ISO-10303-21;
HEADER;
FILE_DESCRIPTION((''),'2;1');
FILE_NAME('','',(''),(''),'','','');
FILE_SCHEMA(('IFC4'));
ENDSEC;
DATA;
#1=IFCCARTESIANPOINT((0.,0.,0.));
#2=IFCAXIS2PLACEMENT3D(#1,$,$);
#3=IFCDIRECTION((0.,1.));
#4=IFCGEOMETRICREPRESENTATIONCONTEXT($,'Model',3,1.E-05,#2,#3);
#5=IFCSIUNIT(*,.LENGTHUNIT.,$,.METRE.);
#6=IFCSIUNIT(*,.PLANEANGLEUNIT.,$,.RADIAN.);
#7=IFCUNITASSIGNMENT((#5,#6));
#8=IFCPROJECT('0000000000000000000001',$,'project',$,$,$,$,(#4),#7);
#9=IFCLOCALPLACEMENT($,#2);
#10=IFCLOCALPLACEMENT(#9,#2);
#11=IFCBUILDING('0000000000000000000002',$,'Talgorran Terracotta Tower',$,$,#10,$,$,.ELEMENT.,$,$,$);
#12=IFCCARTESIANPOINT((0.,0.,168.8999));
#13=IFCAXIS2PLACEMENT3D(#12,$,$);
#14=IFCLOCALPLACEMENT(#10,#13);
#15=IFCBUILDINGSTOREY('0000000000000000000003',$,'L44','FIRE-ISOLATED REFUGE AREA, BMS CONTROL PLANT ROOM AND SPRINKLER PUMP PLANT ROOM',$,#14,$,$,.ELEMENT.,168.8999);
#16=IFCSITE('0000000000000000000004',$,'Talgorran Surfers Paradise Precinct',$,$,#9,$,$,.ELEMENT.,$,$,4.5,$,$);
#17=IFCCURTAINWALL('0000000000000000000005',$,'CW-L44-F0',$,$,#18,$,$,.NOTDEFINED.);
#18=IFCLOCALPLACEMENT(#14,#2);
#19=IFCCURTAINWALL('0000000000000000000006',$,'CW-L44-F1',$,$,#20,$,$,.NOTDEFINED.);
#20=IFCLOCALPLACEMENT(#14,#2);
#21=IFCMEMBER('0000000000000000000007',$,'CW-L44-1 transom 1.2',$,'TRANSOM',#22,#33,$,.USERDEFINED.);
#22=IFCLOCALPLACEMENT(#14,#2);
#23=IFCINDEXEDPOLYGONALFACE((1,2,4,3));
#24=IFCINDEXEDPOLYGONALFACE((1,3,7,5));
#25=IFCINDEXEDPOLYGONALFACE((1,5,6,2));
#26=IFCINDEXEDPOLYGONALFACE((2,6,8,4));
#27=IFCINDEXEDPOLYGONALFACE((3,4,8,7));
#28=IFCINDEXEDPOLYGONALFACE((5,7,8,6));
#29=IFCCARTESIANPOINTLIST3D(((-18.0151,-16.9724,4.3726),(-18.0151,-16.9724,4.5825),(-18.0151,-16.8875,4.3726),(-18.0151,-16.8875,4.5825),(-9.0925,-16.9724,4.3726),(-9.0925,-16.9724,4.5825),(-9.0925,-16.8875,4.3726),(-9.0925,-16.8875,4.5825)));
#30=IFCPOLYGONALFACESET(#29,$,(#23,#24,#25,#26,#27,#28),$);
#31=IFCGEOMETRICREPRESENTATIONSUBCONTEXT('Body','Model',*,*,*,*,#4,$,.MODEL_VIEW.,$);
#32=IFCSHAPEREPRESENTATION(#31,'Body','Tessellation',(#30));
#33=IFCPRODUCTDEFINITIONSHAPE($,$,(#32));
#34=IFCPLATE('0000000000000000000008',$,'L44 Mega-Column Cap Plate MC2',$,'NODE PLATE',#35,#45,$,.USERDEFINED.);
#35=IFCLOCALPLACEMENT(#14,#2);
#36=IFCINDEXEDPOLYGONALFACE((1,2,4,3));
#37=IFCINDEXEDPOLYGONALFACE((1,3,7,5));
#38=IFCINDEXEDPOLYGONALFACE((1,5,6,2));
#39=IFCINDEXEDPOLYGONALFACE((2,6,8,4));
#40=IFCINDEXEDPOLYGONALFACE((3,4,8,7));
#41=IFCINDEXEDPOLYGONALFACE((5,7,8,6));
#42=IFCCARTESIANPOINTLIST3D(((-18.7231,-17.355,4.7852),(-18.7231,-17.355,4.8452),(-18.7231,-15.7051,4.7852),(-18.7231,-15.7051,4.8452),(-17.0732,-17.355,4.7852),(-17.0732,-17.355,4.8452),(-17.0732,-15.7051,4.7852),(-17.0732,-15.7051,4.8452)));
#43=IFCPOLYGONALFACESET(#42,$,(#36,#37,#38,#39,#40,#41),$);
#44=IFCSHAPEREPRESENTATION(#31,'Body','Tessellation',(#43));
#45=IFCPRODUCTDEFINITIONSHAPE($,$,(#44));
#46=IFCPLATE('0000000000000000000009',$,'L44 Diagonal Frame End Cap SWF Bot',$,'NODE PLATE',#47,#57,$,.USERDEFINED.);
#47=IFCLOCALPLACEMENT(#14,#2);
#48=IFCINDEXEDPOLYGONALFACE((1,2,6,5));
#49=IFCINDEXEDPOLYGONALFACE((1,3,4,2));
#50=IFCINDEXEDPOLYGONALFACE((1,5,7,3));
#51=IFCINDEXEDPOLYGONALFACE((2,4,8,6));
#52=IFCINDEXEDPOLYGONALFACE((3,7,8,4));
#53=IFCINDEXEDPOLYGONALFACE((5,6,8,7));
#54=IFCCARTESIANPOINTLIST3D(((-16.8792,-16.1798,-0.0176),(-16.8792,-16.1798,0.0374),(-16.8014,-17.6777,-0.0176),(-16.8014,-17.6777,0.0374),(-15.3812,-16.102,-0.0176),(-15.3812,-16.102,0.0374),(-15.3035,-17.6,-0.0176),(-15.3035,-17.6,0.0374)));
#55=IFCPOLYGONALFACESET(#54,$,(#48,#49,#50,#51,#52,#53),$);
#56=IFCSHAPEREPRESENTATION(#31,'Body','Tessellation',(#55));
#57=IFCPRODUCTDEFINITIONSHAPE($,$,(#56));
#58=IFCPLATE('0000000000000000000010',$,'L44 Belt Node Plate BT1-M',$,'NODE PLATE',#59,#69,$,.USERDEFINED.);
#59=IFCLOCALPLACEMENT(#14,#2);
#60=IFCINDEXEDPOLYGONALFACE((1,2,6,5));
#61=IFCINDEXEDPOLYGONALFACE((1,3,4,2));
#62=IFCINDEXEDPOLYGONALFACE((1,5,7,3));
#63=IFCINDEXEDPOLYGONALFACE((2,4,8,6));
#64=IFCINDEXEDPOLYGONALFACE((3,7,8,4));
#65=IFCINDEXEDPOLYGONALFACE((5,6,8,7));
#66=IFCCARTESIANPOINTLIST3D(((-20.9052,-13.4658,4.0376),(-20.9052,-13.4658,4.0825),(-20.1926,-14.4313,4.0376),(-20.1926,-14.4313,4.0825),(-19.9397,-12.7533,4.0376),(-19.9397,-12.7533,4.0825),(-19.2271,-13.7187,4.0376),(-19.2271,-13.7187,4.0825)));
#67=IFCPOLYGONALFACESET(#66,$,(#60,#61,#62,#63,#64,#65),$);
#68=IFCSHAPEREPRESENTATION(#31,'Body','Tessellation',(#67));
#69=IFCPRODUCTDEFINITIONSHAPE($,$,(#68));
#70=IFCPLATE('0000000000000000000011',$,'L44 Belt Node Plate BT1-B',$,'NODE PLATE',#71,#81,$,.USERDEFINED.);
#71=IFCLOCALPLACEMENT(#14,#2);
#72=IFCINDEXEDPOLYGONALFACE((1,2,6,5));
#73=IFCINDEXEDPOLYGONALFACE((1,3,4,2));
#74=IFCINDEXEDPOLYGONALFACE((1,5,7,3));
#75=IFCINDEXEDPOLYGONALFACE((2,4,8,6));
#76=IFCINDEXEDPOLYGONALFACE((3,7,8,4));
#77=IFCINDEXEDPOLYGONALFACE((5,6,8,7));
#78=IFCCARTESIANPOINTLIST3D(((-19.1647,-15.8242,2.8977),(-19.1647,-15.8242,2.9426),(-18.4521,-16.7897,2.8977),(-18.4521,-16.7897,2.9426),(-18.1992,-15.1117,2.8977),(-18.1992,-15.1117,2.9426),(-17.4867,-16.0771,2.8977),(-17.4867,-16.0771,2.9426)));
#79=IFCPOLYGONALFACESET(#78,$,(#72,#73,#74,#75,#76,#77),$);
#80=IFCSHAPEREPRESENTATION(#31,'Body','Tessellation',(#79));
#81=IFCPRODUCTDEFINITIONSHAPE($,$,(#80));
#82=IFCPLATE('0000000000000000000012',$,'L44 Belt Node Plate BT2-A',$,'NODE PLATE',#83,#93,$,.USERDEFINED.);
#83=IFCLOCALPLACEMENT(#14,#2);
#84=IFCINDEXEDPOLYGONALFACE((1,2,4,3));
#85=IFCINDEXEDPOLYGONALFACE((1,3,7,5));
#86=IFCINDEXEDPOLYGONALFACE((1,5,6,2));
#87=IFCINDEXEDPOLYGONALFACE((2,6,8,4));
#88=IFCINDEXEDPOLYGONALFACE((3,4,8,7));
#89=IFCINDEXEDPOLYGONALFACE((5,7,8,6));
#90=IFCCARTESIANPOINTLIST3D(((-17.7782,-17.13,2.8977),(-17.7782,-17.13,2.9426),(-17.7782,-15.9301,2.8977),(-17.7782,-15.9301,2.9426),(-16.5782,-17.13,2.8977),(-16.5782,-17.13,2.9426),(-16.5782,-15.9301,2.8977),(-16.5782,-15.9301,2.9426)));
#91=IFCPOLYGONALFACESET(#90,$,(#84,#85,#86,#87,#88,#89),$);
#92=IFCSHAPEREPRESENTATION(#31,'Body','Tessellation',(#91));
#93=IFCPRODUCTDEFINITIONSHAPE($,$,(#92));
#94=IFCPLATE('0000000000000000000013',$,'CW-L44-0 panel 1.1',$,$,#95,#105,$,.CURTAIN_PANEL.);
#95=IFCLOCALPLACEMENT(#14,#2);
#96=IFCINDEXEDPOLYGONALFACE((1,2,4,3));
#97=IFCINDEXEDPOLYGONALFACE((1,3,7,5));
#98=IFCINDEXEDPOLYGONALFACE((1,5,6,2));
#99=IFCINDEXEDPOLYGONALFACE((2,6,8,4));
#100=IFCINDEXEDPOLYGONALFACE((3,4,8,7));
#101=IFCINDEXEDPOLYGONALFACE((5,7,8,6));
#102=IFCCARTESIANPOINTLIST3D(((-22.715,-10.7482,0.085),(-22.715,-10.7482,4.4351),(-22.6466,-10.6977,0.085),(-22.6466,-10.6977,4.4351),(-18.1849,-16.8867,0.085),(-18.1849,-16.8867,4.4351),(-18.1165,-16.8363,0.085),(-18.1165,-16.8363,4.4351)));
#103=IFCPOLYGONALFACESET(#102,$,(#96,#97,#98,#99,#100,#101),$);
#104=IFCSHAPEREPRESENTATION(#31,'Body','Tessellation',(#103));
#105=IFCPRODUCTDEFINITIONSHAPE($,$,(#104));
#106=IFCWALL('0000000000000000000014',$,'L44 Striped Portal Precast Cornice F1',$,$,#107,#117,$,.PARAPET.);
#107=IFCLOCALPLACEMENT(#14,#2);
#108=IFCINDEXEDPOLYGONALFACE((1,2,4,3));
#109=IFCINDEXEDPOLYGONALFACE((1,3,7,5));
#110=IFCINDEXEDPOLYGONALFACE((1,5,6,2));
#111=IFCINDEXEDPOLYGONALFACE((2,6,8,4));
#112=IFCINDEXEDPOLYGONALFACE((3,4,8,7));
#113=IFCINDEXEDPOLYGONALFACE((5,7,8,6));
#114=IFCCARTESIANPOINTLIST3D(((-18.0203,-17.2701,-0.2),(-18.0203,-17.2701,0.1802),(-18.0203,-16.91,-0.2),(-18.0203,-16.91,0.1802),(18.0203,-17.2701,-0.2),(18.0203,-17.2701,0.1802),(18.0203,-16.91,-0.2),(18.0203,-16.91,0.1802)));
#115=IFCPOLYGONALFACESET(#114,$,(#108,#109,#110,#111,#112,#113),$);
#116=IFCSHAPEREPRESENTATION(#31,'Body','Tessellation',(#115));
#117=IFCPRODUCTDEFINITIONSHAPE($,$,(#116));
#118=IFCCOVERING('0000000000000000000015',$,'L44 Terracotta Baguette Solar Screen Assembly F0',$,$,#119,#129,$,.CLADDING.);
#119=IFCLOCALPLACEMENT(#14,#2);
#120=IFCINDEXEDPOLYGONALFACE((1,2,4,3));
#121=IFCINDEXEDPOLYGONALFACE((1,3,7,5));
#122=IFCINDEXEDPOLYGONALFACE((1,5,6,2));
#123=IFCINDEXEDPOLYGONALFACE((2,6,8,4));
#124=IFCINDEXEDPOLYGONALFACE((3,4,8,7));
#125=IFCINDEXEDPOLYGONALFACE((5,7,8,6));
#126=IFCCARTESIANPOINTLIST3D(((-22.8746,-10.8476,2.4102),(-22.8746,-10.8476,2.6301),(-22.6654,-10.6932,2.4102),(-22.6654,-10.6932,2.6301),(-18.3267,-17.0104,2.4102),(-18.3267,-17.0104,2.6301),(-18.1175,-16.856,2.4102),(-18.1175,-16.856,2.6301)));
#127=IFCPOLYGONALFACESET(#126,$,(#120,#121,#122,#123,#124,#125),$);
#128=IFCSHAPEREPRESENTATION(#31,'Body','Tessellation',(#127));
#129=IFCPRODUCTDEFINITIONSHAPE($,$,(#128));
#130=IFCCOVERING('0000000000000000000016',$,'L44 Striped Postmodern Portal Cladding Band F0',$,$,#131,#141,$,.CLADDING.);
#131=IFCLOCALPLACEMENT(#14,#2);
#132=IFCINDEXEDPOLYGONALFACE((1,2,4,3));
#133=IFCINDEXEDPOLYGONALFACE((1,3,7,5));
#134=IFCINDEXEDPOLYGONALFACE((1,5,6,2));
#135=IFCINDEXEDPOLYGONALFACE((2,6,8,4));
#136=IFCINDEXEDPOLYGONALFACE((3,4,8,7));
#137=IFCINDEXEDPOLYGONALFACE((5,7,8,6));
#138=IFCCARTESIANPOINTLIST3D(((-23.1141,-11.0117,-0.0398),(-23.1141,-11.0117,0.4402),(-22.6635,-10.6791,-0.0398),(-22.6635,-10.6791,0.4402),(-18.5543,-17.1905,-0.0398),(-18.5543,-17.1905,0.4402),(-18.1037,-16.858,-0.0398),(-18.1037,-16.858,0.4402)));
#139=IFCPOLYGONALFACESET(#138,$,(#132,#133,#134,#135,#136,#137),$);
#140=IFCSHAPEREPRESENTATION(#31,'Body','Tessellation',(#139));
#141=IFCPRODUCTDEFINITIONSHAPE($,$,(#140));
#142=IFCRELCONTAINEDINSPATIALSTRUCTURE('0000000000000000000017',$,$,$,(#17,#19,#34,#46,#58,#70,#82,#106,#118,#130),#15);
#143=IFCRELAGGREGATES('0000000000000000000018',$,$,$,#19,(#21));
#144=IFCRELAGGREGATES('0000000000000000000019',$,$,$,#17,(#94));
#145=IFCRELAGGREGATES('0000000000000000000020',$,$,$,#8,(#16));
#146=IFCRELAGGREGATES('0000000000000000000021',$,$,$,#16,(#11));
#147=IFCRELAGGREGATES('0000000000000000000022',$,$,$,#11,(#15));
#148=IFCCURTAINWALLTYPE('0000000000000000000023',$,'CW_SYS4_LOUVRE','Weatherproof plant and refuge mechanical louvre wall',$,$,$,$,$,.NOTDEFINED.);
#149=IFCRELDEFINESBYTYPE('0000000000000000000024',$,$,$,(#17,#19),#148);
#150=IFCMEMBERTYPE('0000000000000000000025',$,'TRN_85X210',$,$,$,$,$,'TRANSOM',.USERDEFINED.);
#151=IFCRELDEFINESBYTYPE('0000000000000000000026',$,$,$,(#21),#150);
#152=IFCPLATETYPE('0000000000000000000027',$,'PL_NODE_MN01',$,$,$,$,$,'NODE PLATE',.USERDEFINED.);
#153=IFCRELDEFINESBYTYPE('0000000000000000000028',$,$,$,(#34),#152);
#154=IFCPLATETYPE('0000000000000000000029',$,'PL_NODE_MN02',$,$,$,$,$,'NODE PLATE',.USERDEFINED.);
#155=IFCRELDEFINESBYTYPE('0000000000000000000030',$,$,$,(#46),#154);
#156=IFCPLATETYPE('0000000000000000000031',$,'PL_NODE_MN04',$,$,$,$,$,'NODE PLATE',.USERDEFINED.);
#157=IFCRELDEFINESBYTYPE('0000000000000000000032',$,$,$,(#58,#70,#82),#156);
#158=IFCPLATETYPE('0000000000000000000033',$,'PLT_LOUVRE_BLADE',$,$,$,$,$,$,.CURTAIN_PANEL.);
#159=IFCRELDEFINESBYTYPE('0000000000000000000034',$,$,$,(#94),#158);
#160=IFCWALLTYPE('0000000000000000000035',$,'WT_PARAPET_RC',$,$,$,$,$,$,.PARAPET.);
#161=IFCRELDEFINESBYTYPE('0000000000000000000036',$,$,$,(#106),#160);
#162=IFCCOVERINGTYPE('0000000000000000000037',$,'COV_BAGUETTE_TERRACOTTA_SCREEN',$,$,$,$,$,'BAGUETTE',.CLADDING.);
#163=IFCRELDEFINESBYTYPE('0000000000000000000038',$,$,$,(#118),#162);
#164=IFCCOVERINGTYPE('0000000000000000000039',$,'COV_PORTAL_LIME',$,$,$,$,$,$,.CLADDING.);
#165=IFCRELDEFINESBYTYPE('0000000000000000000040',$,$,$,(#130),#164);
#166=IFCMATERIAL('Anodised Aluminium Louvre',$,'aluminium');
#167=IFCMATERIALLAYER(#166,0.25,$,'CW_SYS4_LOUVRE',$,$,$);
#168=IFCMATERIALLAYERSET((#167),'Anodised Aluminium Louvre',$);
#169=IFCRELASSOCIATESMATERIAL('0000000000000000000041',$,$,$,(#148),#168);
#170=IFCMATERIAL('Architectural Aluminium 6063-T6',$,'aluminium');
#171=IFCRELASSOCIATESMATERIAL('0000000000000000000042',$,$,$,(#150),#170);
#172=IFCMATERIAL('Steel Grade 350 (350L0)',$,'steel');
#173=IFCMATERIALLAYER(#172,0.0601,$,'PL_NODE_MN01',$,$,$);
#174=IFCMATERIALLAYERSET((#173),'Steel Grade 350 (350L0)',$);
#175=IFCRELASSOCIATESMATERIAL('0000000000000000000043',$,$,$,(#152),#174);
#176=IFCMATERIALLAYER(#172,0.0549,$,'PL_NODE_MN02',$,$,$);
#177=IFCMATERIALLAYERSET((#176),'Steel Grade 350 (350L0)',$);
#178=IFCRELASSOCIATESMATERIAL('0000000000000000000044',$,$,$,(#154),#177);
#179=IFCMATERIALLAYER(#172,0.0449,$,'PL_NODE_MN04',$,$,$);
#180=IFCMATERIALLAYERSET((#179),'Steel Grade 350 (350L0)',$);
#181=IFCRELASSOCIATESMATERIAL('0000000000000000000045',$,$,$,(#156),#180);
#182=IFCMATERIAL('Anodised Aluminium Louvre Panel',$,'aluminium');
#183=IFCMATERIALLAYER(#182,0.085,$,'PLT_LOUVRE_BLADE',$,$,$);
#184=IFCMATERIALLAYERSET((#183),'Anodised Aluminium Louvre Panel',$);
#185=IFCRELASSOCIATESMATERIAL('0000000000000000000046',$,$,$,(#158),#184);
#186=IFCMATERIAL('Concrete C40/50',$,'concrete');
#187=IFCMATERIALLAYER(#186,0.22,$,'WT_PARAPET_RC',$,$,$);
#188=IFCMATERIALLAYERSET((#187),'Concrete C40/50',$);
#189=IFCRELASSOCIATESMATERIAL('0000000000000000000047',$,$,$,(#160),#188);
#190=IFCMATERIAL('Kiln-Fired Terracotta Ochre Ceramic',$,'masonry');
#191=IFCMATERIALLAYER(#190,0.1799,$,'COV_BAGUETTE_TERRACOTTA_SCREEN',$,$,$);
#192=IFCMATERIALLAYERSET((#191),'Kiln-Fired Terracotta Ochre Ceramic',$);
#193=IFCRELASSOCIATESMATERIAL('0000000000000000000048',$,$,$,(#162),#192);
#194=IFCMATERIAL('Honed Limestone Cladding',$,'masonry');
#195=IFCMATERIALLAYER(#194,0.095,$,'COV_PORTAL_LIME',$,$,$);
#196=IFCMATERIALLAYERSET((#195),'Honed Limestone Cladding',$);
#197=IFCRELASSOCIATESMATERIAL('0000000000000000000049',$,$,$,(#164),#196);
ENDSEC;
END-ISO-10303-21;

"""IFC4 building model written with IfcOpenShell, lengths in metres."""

from ifc_helpers import new_model, si_unit, direction, frame, frame_2d, origin, origin_2d, place, context, subcontext, project, spatial, rectangle, extrude, source, transform, mapped, material, layer, layer_set, material_profile, profile_set, type_object, type_shapes, element, aggregate, save


model = new_model("IFC4")

# Units and contexts
model_context = context("Model", 3, precision=1e-05, world=origin(), true_north=direction((0.0, 1.0)))
body_context = subcontext(model_context, "Body", "Model", "MODEL_VIEW")
ifc_project = project(units=[si_unit("LENGTHUNIT", "METRE"), si_unit("PLANEANGLEUNIT", "RADIAN")], contexts=[model_context])

# Site, building, storey
site_placement = place(None, origin())
site = spatial("IfcSite", under=ifc_project, at=site_placement, Name="Talgorran Surfers Paradise Precinct", CompositionType="ELEMENT", RefElevation=4.5)
building_placement = place(site_placement, origin())
building = spatial("IfcBuilding", under=site, at=building_placement, Name="Talgorran Terracotta Tower", CompositionType="ELEMENT")
storey_placement = place(building_placement, frame((0.0, 0.0, 168.8999)))
storey = spatial("IfcBuildingStorey", under=building, at=storey_placement, Name="L44", Description="FIRE-ISOLATED REFUGE AREA, BMS CONTROL PLANT ROOM AND SPRINKLER PUMP PLANT ROOM", CompositionType="ELEMENT", Elevation=168.8999)

# Shared definitions
ifc_material_1 = material(Name="Steel Grade 350 (350L0)", Category="steel")

# Curtain wall
ifc_material_2 = material(Name="Anodised Aluminium Louvre", Category="aluminium")
ifc_layer_1 = layer(ifc_material_2, 0.25, Name="CW_SYS4_LOUVRE")
ifc_layer_set_1 = layer_set([ifc_layer_1], Name="Anodised Aluminium Louvre")
curtain_wall_type = type_object("IfcCurtainWallType", Name="CW_SYS4_LOUVRE", Description="Weatherproof plant and refuge mechanical louvre wall", PredefinedType="NOTDEFINED", material=ifc_layer_set_1)
curtain_wall_1_placement = place(storey_placement, origin())
curtain_wall_1 = element("IfcCurtainWall", 1, at=curtain_wall_1_placement, inside=storey, type_object=curtain_wall_type, Name="CW-L44-F0", PredefinedType="NOTDEFINED")
ifc_material_3 = material(Name="Architectural Aluminium 6063-T6", Category="aluminium")

# Curtain wall, member
curtain_wall_2_placement = place(storey_placement, origin())
curtain_wall_2 = element("IfcCurtainWall", 2, at=curtain_wall_2_placement, inside=storey, type_object=curtain_wall_type, Name="CW-L44-F1", PredefinedType="NOTDEFINED")
ifc_material_profile_1 = material_profile(ifc_material_3, rectangle(XDim=0.085, YDim=0.21, at=origin_2d()), Name="CWT85X210")
ifc_profile_set_1 = profile_set([ifc_material_profile_1], Name="Architectural Aluminium 6063-T6")
member_type_1 = type_object("IfcMemberType", Name="TRN_85X210", ElementType="TRANSOM", PredefinedType="USERDEFINED", material=ifc_profile_set_1)
member_1_placement = place(storey_placement, frame((-18.0151, -16.9299, 4.4775), z_axis=(1.0, 0.0, 0.0), x_axis=(0.0, 1.0, 0.0)))
member_1 = element("IfcMember", 3, at=member_1_placement, type_object=member_type_1, Name="CW-L44-1 transom 1.2", ObjectType="TRANSOM", PredefinedType="USERDEFINED", context=body_context, shape_type="SweptSolid", body=[
    extrude(rectangle(XDim=0.085, YDim=0.21, at=origin_2d()), origin(), (0.0, 0.0, 1.0), 8.9226),
])
aggregate(curtain_wall_2, [member_1])

# Plates
ifc_layer_2 = layer(ifc_material_1, 0.0601, Name="PL_NODE_MN01")
ifc_layer_set_2 = layer_set([ifc_layer_2], Name="Steel Grade 350 (350L0)")
plate_type_1 = type_object("IfcPlateType", Name="PL_NODE_MN01", ElementType="NODE PLATE", PredefinedType="USERDEFINED", material=ifc_layer_set_2)
plate_1_placement = place(storey_placement, frame((-17.8982, -16.53, 4.7852), z_axis=(0.0, 0.0, 1.0), x_axis=(1.0, 0.0, 0.0)))
element("IfcPlate", 4, at=plate_1_placement, inside=storey, type_object=plate_type_1, Name="L44 Mega-Column Cap Plate MC2", ObjectType="NODE PLATE", PredefinedType="USERDEFINED", context=body_context, shape_type="SweptSolid", body=[
    extrude(rectangle(XDim=1.6499, YDim=1.6499, at=origin_2d()), origin(), (0.0, 0.0, 1.0), 0.0601),
])
ifc_layer_3 = layer(ifc_material_1, 0.0549, Name="PL_NODE_MN02")
ifc_layer_set_3 = layer_set([ifc_layer_3], Name="Steel Grade 350 (350L0)")
plate_type_2 = type_object("IfcPlateType", Name="PL_NODE_MN02", ElementType="NODE PLATE", PredefinedType="USERDEFINED", material=ifc_layer_set_3)
plate_2_placement = place(storey_placement, frame((-16.0913, -16.8899, -0.0176), z_axis=(0.0, 0.0, 1.0), x_axis=(0.998657, 0.051813, 0.0)))
element("IfcPlate", 5, at=plate_2_placement, inside=storey, type_object=plate_type_2, Name="L44 Diagonal Frame End Cap SWF Bot", ObjectType="NODE PLATE", PredefinedType="USERDEFINED", context=body_context, shape_type="SweptSolid", body=[
    extrude(rectangle(XDim=1.5, YDim=1.5, at=origin_2d()), origin(), (0.0, 0.0, 1.0), 0.0549),
])
ifc_layer_4 = layer(ifc_material_1, 0.0449, Name="PL_NODE_MN04")
ifc_layer_set_4 = layer_set([ifc_layer_4], Name="Steel Grade 350 (350L0)")
plate_type_3 = type_object("IfcPlateType", Name="PL_NODE_MN04", ElementType="NODE PLATE", PredefinedType="USERDEFINED", material=ifc_layer_set_4)
for number, where, z_axis, x_axis, name in (
    (6, (-20.0662, -13.5923, 4.0376), (0.0, 0.0, 1.0), (0.59384, -0.804583, 0.0), "L44 Belt Node Plate BT1-M"),
    (7, (-18.3257, -15.9507, 2.8977), (0.0, 0.0, 1.0), (0.59384, -0.804583, 0.0), "L44 Belt Node Plate BT1-B"),
    (8, (-17.1782, -16.53, 2.8977), (0.0, 0.0, 1.0), (1.0, 0.0, 0.0), "L44 Belt Node Plate BT2-A"),
):
    element("IfcPlate", number, at=place(storey_placement, frame(where, z_axis=z_axis, x_axis=x_axis)), inside=storey, type_object=plate_type_3, Name=name, ObjectType="NODE PLATE", PredefinedType="USERDEFINED", context=body_context, shape_type="SweptSolid", body=[
        extrude(rectangle(XDim=1.2, YDim=1.2, at=origin_2d()), origin(), (0.0, 0.0, 1.0), 0.0449),
    ])

# Plate
ifc_material_4 = material(Name="Anodised Aluminium Louvre Panel", Category="aluminium")
ifc_layer_5 = layer(ifc_material_4, 0.085, Name="PLT_LOUVRE_BLADE")
ifc_layer_set_5 = layer_set([ifc_layer_5], Name="Anodised Aluminium Louvre Panel")
plate_type_4 = type_object("IfcPlateType", Name="PLT_LOUVRE_BLADE", PredefinedType="CURTAIN_PANEL", material=ifc_layer_set_5)
shared_shape = source(origin(), body_context, "Body", "SweptSolid", [
    extrude(rectangle(XDim=7.6292, YDim=0.085, at=origin_2d()), origin(), (0.0, 0.0, 1.0), 4.3501),
])
type_shapes(plate_type_4, [shared_shape])
plate_3_placement = place(storey_placement, frame((-20.4158, -13.7922, 0.085), z_axis=(0.0, 0.0, 1.0), x_axis=(0.593791, -0.80462, 0.0)))
plate_3 = element("IfcPlate", 9, at=plate_3_placement, type_object=plate_type_4, Name="CW-L44-0 panel 1.1", PredefinedType="CURTAIN_PANEL", context=body_context, shape_type="MappedRepresentation", body=[
    mapped(shared_shape, transform((0.0, 0.0, 0.0), scale=1.0)),
])
aggregate(curtain_wall_1, [plate_3])

# Wall
ifc_material_5 = material(Name="Concrete C40/50", Category="concrete")
ifc_layer_6 = layer(ifc_material_5, 0.22, Name="WT_PARAPET_RC")
ifc_layer_set_6 = layer_set([ifc_layer_6], Name="Concrete C40/50")
wall_type = type_object("IfcWallType", Name="WT_PARAPET_RC", PredefinedType="PARAPET", material=ifc_layer_set_6)
wall_placement = place(storey_placement, frame((-18.0203, -17.0901, -0.2), z_axis=(0.0, 0.0, 1.0), x_axis=(1.0, 0.0, 0.0)))
element("IfcWall", 10, at=wall_placement, inside=storey, type_object=wall_type, Name="L44 Striped Portal Precast Cornice F1", PredefinedType="PARAPET", context=body_context, shape_type="SweptSolid", body=[
    extrude(rectangle(XDim=36.0405, YDim=0.3601, at=frame_2d((18.0203, 0.0))), origin(), (0.0, 0.0, 1.0), 0.3801),
])

# Coverings
ifc_material_6 = material(Name="Kiln-Fired Terracotta Ochre Ceramic", Category="masonry")
ifc_layer_7 = layer(ifc_material_6, 0.1799, Name="COV_BAGUETTE_TERRACOTTA_SCREEN")
ifc_layer_set_7 = layer_set([ifc_layer_7], Name="Kiln-Fired Terracotta Ochre Ceramic")
covering_type_1 = type_object("IfcCoveringType", Name="COV_BAGUETTE_TERRACOTTA_SCREEN", ElementType="BAGUETTE", PredefinedType="CLADDING", material=ifc_layer_set_7)
covering_1_placement = place(storey_placement, frame((-20.4961, -13.8518, 2.4102), z_axis=(0.0, 0.0, 1.0), x_axis=(0.593784, -0.804624, 0.0)))
element("IfcCovering", 11, at=covering_1_placement, inside=storey, type_object=covering_type_1, Name="L44 Terracotta Baguette Solar Screen Assembly F0", PredefinedType="CLADDING", context=body_context, shape_type="SweptSolid", body=[
    extrude(rectangle(XDim=7.6592, YDim=0.26, at=origin_2d()), origin(), (0.0, 0.0, 1.0), 0.22),
])
ifc_material_7 = material(Name="Honed Limestone Cladding", Category="masonry")
ifc_layer_8 = layer(ifc_material_7, 0.095, Name="COV_PORTAL_LIME")
ifc_layer_set_8 = layer_set([ifc_layer_8], Name="Honed Limestone Cladding")
covering_type_2 = type_object("IfcCoveringType", Name="COV_PORTAL_LIME", PredefinedType="CLADDING", material=ifc_layer_set_8)
covering_2_placement = place(storey_placement, frame((-20.6089, -13.9348, -0.0398), z_axis=(0.0, 0.0, 1.0), x_axis=(0.593784, -0.804624, 0.0)))
element("IfcCovering", 12, at=covering_2_placement, inside=storey, type_object=covering_type_2, Name="L44 Striped Postmodern Portal Cladding Band F0", PredefinedType="CLADDING", context=body_context, shape_type="SweptSolid", body=[
    extrude(rectangle(XDim=7.6792, YDim=0.5601, at=origin_2d()), origin(), (0.0, 0.0, 1.0), 0.48),
])

save(model, "model.ifc")
